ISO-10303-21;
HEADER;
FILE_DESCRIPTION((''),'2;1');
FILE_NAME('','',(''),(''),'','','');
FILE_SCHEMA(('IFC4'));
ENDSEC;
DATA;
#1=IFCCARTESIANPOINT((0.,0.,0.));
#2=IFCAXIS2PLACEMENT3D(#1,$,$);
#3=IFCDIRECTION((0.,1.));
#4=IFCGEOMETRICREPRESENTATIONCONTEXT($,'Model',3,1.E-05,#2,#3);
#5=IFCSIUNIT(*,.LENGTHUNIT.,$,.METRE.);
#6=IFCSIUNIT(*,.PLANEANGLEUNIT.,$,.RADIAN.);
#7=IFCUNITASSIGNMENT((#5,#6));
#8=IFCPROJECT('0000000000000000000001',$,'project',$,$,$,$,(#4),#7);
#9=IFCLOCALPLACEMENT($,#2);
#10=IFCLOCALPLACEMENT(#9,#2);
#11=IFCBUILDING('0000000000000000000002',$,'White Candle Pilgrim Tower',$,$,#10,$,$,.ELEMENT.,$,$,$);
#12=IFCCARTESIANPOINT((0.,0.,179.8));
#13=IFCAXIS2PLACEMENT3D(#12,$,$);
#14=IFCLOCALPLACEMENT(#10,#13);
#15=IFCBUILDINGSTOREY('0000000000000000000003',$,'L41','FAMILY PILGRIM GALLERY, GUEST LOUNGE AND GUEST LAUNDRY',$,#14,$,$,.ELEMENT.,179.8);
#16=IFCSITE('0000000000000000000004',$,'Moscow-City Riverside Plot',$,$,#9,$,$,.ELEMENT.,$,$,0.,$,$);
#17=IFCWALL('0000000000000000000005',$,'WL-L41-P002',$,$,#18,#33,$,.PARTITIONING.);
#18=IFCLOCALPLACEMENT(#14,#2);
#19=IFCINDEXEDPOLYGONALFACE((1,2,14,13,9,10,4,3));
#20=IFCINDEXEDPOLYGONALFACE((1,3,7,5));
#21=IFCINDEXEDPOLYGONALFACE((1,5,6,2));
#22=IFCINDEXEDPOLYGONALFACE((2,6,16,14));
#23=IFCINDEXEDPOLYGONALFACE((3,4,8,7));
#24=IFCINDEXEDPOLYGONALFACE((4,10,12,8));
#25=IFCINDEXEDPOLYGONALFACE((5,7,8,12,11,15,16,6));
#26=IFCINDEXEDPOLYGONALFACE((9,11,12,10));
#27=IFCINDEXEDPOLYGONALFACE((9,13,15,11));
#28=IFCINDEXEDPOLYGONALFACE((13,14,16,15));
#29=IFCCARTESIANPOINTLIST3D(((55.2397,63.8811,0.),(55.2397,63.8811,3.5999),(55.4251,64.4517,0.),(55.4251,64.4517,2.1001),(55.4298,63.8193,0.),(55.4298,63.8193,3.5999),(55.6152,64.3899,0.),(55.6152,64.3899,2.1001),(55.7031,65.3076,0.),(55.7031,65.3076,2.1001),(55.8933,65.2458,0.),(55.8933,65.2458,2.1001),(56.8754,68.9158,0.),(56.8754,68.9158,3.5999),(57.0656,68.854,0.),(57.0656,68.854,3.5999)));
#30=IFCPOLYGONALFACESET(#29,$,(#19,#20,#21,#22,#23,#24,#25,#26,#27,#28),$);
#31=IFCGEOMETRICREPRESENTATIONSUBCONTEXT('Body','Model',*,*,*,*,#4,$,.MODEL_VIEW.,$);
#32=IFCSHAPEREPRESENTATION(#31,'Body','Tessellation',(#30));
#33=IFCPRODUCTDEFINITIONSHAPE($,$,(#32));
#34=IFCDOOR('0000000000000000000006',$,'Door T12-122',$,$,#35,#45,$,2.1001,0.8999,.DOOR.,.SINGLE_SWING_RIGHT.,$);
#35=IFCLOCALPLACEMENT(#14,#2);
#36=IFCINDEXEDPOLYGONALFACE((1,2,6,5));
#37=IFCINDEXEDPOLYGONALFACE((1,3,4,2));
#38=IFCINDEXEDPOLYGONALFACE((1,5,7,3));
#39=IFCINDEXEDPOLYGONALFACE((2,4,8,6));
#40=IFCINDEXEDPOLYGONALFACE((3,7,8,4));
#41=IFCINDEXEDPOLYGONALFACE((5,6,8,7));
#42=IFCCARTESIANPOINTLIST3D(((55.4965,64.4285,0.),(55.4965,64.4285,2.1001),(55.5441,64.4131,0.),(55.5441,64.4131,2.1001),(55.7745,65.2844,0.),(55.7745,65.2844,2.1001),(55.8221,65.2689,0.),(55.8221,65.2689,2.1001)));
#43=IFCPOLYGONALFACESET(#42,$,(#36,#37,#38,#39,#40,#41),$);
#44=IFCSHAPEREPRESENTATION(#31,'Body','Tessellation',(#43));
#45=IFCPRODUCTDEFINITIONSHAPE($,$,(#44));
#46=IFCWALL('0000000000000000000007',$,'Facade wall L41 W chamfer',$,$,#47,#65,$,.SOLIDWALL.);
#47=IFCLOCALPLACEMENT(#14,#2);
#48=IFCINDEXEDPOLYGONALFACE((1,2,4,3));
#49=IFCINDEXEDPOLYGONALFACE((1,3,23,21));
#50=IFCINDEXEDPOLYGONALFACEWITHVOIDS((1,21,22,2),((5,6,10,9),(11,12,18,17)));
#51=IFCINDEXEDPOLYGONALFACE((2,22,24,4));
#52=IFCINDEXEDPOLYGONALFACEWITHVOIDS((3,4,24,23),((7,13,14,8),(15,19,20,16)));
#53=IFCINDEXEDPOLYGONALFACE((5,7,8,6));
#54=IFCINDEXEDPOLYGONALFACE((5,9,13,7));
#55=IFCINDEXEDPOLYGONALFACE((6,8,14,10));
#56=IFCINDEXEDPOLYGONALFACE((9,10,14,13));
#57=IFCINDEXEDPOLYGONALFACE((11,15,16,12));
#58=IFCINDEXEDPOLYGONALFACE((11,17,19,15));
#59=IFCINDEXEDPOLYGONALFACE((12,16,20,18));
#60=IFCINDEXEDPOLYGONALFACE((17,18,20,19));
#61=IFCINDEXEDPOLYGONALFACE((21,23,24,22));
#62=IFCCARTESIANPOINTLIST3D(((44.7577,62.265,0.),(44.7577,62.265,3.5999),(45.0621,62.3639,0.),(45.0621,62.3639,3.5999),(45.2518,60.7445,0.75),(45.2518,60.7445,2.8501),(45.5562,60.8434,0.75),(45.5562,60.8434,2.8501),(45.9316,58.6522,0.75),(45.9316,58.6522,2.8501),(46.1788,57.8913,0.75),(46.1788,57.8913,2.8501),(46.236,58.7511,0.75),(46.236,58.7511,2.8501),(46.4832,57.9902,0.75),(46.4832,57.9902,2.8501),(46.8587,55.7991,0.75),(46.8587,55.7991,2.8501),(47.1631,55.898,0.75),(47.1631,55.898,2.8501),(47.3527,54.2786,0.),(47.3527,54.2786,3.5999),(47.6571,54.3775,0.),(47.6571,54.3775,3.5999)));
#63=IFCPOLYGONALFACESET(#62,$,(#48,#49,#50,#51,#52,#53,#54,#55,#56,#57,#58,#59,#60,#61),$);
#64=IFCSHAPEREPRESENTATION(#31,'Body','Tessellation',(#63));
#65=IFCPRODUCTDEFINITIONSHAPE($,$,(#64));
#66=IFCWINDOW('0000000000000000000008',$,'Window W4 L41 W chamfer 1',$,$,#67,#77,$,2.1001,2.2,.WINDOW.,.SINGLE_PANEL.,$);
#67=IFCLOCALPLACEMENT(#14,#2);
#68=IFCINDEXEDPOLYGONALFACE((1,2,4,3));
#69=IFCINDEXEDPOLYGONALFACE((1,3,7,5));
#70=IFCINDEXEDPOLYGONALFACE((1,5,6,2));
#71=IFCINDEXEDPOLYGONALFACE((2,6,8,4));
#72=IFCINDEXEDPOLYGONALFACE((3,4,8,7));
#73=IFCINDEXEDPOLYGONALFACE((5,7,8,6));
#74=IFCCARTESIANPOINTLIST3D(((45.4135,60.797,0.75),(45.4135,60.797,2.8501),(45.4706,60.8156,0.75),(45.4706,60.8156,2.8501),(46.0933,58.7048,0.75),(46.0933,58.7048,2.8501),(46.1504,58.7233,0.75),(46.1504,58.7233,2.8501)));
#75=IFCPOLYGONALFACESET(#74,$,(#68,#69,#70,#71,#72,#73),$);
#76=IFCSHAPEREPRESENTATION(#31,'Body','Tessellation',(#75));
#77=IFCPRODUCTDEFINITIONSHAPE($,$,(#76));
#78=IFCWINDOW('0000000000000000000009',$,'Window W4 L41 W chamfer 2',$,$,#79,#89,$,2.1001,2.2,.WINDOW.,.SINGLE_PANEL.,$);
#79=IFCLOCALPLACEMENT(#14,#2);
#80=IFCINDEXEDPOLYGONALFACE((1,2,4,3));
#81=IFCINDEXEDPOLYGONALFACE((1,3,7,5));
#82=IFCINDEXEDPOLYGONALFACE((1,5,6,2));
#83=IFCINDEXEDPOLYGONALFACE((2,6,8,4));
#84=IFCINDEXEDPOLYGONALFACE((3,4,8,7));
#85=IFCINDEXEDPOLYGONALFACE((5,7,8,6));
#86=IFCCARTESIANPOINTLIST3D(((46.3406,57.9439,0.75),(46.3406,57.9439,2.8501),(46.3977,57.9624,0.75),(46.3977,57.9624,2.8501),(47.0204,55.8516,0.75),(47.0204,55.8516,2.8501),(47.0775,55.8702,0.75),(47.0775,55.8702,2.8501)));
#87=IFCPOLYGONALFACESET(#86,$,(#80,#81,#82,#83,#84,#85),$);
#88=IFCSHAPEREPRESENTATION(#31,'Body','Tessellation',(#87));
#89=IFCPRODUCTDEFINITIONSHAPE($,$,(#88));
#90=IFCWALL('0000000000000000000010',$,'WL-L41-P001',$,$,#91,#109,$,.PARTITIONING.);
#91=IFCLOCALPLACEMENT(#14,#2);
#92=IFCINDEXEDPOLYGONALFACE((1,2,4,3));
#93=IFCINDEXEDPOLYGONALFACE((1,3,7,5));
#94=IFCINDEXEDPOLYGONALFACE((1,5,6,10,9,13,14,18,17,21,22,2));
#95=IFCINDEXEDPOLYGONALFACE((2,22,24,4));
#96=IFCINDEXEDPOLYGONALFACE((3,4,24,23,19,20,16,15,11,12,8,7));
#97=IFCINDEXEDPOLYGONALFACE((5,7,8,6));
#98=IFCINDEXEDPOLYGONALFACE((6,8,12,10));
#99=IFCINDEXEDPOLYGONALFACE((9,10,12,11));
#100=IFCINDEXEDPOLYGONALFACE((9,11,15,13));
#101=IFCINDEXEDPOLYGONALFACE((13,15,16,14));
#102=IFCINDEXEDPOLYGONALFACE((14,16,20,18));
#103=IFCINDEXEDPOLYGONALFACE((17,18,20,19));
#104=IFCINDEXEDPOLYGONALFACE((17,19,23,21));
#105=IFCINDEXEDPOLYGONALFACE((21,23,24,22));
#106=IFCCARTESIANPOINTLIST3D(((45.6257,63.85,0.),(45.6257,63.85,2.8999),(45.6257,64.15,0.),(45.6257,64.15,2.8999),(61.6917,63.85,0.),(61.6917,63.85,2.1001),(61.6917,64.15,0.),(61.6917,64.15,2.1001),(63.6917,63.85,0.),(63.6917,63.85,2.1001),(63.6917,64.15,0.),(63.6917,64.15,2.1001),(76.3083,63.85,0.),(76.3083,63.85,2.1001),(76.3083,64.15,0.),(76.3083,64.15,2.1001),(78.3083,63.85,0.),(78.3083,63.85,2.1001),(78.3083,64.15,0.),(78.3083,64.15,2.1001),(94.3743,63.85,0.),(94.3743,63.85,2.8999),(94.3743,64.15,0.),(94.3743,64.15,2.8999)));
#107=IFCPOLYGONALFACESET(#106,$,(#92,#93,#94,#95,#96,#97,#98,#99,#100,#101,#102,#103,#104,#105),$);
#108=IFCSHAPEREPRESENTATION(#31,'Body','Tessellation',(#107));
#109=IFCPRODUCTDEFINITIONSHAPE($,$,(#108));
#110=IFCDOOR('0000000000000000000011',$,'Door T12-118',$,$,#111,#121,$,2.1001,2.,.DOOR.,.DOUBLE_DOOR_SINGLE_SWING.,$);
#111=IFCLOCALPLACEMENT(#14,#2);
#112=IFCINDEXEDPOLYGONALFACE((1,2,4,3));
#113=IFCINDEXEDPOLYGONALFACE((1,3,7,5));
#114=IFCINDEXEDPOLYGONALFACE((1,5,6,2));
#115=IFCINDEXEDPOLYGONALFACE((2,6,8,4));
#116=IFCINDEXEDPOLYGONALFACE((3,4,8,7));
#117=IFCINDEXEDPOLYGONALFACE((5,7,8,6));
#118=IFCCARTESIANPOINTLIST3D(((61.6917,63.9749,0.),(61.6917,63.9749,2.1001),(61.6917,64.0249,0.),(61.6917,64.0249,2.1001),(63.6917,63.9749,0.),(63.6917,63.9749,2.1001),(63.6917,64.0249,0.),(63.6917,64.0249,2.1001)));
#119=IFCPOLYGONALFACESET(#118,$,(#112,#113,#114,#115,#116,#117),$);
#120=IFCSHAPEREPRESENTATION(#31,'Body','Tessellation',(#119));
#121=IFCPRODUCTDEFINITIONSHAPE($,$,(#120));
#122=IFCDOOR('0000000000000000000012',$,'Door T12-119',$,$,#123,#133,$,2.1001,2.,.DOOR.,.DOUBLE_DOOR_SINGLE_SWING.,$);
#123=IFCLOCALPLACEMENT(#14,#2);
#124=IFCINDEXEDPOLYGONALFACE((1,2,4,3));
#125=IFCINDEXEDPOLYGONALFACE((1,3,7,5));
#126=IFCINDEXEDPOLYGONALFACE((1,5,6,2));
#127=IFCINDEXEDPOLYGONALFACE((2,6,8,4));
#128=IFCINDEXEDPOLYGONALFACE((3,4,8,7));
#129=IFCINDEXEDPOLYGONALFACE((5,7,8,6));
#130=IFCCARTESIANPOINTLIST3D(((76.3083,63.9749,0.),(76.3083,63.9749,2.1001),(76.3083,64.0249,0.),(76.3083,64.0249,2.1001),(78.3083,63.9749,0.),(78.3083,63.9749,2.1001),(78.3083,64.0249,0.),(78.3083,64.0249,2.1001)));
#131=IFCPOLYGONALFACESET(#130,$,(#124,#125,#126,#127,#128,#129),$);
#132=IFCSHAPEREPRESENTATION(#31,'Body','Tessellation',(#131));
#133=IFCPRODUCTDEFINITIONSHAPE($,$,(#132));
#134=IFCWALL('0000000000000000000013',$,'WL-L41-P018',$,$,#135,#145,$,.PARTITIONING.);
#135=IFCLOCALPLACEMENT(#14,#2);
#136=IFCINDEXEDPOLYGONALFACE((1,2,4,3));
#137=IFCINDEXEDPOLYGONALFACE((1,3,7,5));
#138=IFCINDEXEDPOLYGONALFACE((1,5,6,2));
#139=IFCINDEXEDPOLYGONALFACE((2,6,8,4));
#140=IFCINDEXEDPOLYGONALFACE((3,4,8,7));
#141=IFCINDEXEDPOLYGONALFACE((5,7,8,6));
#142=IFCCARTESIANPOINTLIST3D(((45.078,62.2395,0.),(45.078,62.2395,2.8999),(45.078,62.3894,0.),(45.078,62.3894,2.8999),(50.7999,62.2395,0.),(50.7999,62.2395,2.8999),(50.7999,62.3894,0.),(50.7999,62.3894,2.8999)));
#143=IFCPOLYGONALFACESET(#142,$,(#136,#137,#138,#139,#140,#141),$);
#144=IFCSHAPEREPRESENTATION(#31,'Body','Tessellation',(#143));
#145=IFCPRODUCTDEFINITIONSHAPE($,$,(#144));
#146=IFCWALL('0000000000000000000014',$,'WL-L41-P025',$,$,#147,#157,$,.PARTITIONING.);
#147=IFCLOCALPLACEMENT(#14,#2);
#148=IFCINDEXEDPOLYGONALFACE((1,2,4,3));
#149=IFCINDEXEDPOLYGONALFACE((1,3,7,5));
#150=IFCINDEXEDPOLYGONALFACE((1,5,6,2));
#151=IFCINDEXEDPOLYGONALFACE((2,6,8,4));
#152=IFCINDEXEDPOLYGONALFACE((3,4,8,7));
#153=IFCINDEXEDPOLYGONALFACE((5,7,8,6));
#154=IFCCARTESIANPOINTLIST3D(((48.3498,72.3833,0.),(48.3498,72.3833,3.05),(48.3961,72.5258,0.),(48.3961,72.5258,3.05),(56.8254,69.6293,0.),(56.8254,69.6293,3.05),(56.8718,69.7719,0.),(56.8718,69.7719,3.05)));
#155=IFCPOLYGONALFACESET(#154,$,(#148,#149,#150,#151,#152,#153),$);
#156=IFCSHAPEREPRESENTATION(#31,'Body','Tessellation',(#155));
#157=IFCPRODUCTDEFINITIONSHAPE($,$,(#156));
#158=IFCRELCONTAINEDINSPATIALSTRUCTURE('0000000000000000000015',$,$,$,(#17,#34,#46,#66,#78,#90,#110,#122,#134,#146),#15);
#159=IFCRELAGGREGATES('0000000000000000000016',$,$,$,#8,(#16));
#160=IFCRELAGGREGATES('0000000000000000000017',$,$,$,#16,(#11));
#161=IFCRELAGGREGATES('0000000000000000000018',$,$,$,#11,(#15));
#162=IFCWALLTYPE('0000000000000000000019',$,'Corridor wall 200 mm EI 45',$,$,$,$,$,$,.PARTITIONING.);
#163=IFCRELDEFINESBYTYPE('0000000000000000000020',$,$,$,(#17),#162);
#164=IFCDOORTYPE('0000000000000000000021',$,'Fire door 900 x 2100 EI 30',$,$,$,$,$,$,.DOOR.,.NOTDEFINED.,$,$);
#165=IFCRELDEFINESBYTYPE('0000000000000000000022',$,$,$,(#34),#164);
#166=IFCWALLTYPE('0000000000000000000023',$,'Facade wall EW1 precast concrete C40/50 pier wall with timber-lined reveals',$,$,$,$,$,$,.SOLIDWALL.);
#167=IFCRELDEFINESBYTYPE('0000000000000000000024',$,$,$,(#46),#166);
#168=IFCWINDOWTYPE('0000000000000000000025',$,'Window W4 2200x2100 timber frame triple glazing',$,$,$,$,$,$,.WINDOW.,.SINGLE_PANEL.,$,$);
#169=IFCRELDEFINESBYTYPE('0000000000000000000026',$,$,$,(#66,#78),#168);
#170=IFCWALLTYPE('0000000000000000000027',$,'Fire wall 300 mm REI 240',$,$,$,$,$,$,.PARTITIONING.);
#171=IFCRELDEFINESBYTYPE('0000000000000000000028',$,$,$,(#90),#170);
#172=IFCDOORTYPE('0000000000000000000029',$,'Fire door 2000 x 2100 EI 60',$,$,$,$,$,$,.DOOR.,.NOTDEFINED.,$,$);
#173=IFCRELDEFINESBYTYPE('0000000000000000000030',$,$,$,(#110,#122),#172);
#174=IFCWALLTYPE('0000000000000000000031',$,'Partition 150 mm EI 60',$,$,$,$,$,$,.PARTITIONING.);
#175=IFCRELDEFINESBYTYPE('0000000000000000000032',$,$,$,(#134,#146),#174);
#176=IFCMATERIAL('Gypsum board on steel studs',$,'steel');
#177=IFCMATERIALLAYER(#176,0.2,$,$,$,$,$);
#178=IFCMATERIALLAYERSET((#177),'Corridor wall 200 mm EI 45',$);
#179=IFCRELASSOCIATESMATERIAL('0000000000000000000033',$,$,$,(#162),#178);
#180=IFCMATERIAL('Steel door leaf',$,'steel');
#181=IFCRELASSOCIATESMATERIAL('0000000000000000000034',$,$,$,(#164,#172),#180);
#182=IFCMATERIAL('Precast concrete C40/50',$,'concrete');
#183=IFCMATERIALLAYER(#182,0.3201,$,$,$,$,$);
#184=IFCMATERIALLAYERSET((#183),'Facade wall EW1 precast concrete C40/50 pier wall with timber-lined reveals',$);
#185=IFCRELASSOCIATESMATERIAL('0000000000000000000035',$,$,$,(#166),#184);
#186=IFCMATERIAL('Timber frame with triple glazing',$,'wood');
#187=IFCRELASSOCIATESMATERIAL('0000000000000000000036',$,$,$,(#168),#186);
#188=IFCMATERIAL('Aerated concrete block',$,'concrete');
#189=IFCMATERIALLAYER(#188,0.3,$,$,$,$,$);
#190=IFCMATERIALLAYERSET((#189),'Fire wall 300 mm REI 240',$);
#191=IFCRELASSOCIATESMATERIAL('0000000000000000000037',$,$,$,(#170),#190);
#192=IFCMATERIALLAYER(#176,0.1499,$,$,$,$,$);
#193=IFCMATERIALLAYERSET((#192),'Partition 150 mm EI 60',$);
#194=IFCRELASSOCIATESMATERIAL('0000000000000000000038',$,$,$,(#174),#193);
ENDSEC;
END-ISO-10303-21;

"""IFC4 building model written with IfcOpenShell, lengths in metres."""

from ifc_helpers import new_model, si_unit, direction, frame, frame_2d, origin, place, context, subcontext, project, spatial, rectangle, extrude, material, layer, layer_set, type_object, element, fill, save


model = new_model("IFC4")

# Units and contexts
model_context = context("Model", 3, precision=1e-05, world=origin(), true_north=direction((0.0, 1.0)))
body_context = subcontext(model_context, "Body", "Model", "MODEL_VIEW")
ifc_project = project(units=[si_unit("LENGTHUNIT", "METRE"), si_unit("PLANEANGLEUNIT", "RADIAN")], contexts=[model_context])

# Site, building, storey
site_placement = place(None, origin())
site = spatial("IfcSite", under=ifc_project, at=site_placement, Name="Moscow-City Riverside Plot", CompositionType="ELEMENT", RefElevation=0.0)
building_placement = place(site_placement, origin())
building = spatial("IfcBuilding", under=site, at=building_placement, Name="White Candle Pilgrim Tower", CompositionType="ELEMENT")
storey_placement = place(building_placement, frame((0.0, 0.0, 179.8)))
storey = spatial("IfcBuildingStorey", under=building, at=storey_placement, Name="L41", Description="FAMILY PILGRIM GALLERY, GUEST LOUNGE AND GUEST LAUNDRY", CompositionType="ELEMENT", Elevation=179.8)

# Wall, opening, door
ifc_material_1 = material(Name="Gypsum board on steel studs", Category="steel")
ifc_layer_1 = layer(ifc_material_1, 0.2)
ifc_layer_set_1 = layer_set([ifc_layer_1], Name="Corridor wall 200 mm EI 45")
wall_type_1 = type_object("IfcWallType", Name="Corridor wall 200 mm EI 45", PredefinedType="PARTITIONING", material=ifc_layer_set_1)
wall_1_placement = place(storey_placement, frame((55.3347, 63.8501, 0.0), z_axis=(0.0, 0.0, 1.0), x_axis=(0.308996, 0.951063, 0.0)))
wall_1 = element("IfcWall", 1, at=wall_1_placement, inside=storey, type_object=wall_type_1, Name="WL-L41-P002", PredefinedType="PARTITIONING", context=body_context, shape_type="SweptSolid", body=[
    extrude(rectangle(XDim=5.2937, YDim=0.2, at=frame_2d((2.647, 0.0))), origin(), (0.0, 0.0, 1.0), 3.5999),
])
opening_1_placement = place(wall_1_placement, frame((0.6001, 0.0, 0.0)))
opening_1 = element("IfcOpeningElement", 2, at=opening_1_placement, cuts=wall_1, PredefinedType="OPENING", context=body_context, shape_type="SweptSolid", body=[
    extrude(rectangle(XDim=0.8999, YDim=2.1001, at=frame_2d((0.45, 1.05))), frame((0.0, 0.1099, 0.0), z_axis=(0.0, -1.0, 0.0), x_axis=(1.0, 0.0, 0.0)), (0.0, 0.0, 1.0), 0.22),
])
ifc_material_2 = material(Name="Steel door leaf", Category="steel")
door_type_1 = type_object("IfcDoorType", Name="Fire door 900 x 2100 EI 30", OperationType="NOTDEFINED", PredefinedType="DOOR", material=ifc_material_2)
door_1_placement = place(opening_1_placement, origin())
door_1 = element("IfcDoor", 3, at=door_1_placement, inside=storey, type_object=door_type_1, Name="Door T12-122", OperationType="SINGLE_SWING_RIGHT", OverallHeight=2.1001, OverallWidth=0.8999, PredefinedType="DOOR", context=body_context, shape_type="SweptSolid", body=[
    extrude(rectangle(XDim=0.8999, YDim=2.1001, at=frame_2d((0.45, 1.05))), frame((0.0, 0.0249, 0.0), z_axis=(0.0, -1.0, 0.0), x_axis=(1.0, 0.0, 0.0)), (0.0, 0.0, 1.0), 0.05),
])
fill(opening_1, door_1)

# Wall, openings, windows
ifc_material_3 = material(Name="Precast concrete C40/50", Category="concrete")
ifc_layer_2 = layer(ifc_material_3, 0.3201)
ifc_layer_set_2 = layer_set([ifc_layer_2], Name="Facade wall EW1 precast concrete C40/50 pier wall with timber-lined reveals")
wall_type_2 = type_object("IfcWallType", Name="Facade wall EW1 precast concrete C40/50 pier wall with timber-lined reveals", PredefinedType="SOLIDWALL", material=ifc_layer_set_2)
wall_2_placement = place(storey_placement, frame((44.9099, 62.3145, 0.0), z_axis=(0.0, 0.0, 1.0), x_axis=(0.309023, -0.951055, 0.0)))
wall_2 = element("IfcWall", 4, at=wall_2_placement, inside=storey, type_object=wall_type_2, Name="Facade wall L41 W chamfer", PredefinedType="SOLIDWALL", context=body_context, shape_type="SweptSolid", body=[
    extrude(rectangle(XDim=8.3975, YDim=0.3201, at=frame_2d((4.1987, 0.0))), origin(), (0.0, 0.0, 1.0), 3.5999),
])
opening_2_placement = place(wall_2_placement, frame((1.5986, 0.0, 0.75)))
opening_2 = element("IfcOpeningElement", 5, at=opening_2_placement, cuts=wall_2, PredefinedType="OPENING", context=body_context, shape_type="SweptSolid", body=[
    extrude(rectangle(XDim=2.2, YDim=2.1001, at=frame_2d((1.1001, 1.05))), frame((0.0, 0.1699, 0.0), z_axis=(0.0, -1.0, 0.0), x_axis=(1.0, 0.0, 0.0)), (0.0, 0.0, 1.0), 0.3401),
])
opening_3_placement = place(wall_2_placement, frame((4.5986, 0.0, 0.75)))
opening_3 = element("IfcOpeningElement", 6, at=opening_3_placement, cuts=wall_2, PredefinedType="OPENING", context=body_context, shape_type="SweptSolid", body=[
    extrude(rectangle(XDim=2.2, YDim=2.1001, at=frame_2d((1.1001, 1.05))), frame((0.0, 0.1699, 0.0), z_axis=(0.0, -1.0, 0.0), x_axis=(1.0, 0.0, 0.0)), (0.0, 0.0, 1.0), 0.3401),
])
ifc_material_4 = material(Name="Timber frame with triple glazing", Category="wood")
window_type = type_object("IfcWindowType", Name="Window W4 2200x2100 timber frame triple glazing", PartitioningType="SINGLE_PANEL", PredefinedType="WINDOW", material=ifc_material_4)
window_1_placement = place(opening_2_placement, origin())
window_1 = element("IfcWindow", 7, at=window_1_placement, inside=storey, type_object=window_type, Name="Window W4 L41 W chamfer 1", OverallHeight=2.1001, OverallWidth=2.2, PartitioningType="SINGLE_PANEL", PredefinedType="WINDOW", context=body_context, shape_type="SweptSolid", body=[
    extrude(rectangle(XDim=2.2, YDim=2.1001, at=frame_2d((1.1001, 1.05))), frame((0.0, 0.0701, 0.0), z_axis=(0.0, -1.0, 0.0), x_axis=(1.0, 0.0, 0.0)), (0.0, 0.0, 1.0), 0.0601),
])
fill(opening_2, window_1)
window_2_placement = place(opening_3_placement, origin())
window_2 = element("IfcWindow", 8, at=window_2_placement, inside=storey, type_object=window_type, Name="Window W4 L41 W chamfer 2", OverallHeight=2.1001, OverallWidth=2.2, PartitioningType="SINGLE_PANEL", PredefinedType="WINDOW", context=body_context, shape_type="SweptSolid", body=[
    extrude(rectangle(XDim=2.2, YDim=2.1001, at=frame_2d((1.1001, 1.05))), frame((0.0, 0.0701, 0.0), z_axis=(0.0, -1.0, 0.0), x_axis=(1.0, 0.0, 0.0)), (0.0, 0.0, 1.0), 0.0601),
])
fill(opening_3, window_2)

# Wall, openings, doors
ifc_material_5 = material(Name="Aerated concrete block", Category="concrete")
ifc_layer_3 = layer(ifc_material_5, 0.3)
ifc_layer_set_3 = layer_set([ifc_layer_3], Name="Fire wall 300 mm REI 240")
wall_type_3 = type_object("IfcWallType", Name="Fire wall 300 mm REI 240", PredefinedType="PARTITIONING", material=ifc_layer_set_3)
wall_3_placement = place(storey_placement, frame((45.6257, 64.0, 0.0), z_axis=(0.0, 0.0, 1.0), x_axis=(1.0, 0.0, 0.0)))
wall_3 = element("IfcWall", 9, at=wall_3_placement, inside=storey, type_object=wall_type_3, Name="WL-L41-P001", PredefinedType="PARTITIONING", context=body_context, shape_type="SweptSolid", body=[
    extrude(rectangle(XDim=48.7485, YDim=0.3, at=frame_2d((24.3743, 0.0))), origin(), (0.0, 0.0, 1.0), 2.8999),
])
opening_4_placement = place(wall_3_placement, frame((16.0659, 0.0, 0.0)))
opening_4 = element("IfcOpeningElement", 10, at=opening_4_placement, cuts=wall_3, PredefinedType="OPENING", context=body_context, shape_type="SweptSolid", body=[
    extrude(rectangle(XDim=2.0, YDim=2.1001, at=frame_2d((1.0, 1.05))), frame((0.0, 0.1599, 0.0), z_axis=(0.0, -1.0, 0.0), x_axis=(1.0, 0.0, 0.0)), (0.0, 0.0, 1.0), 0.3201),
])
opening_5_placement = place(wall_3_placement, frame((30.6826, 0.0, 0.0)))
opening_5 = element("IfcOpeningElement", 11, at=opening_5_placement, cuts=wall_3, PredefinedType="OPENING", context=body_context, shape_type="SweptSolid", body=[
    extrude(rectangle(XDim=2.0, YDim=2.1001, at=frame_2d((1.0, 1.05))), frame((0.0, 0.1599, 0.0), z_axis=(0.0, -1.0, 0.0), x_axis=(1.0, 0.0, 0.0)), (0.0, 0.0, 1.0), 0.3201),
])
door_type_2 = type_object("IfcDoorType", Name="Fire door 2000 x 2100 EI 60", OperationType="NOTDEFINED", PredefinedType="DOOR", material=ifc_material_2)
door_2_placement = place(opening_4_placement, origin())
door_2 = element("IfcDoor", 12, at=door_2_placement, inside=storey, type_object=door_type_2, Name="Door T12-118", OperationType="DOUBLE_DOOR_SINGLE_SWING", OverallHeight=2.1001, OverallWidth=2.0, PredefinedType="DOOR", context=body_context, shape_type="SweptSolid", body=[
    extrude(rectangle(XDim=2.0, YDim=2.1001, at=frame_2d((1.0, 1.05))), frame((0.0, 0.0249, 0.0), z_axis=(0.0, -1.0, 0.0), x_axis=(1.0, 0.0, 0.0)), (0.0, 0.0, 1.0), 0.05),
])
fill(opening_4, door_2)
door_3_placement = place(opening_5_placement, origin())
door_3 = element("IfcDoor", 13, at=door_3_placement, inside=storey, type_object=door_type_2, Name="Door T12-119", OperationType="DOUBLE_DOOR_SINGLE_SWING", OverallHeight=2.1001, OverallWidth=2.0, PredefinedType="DOOR", context=body_context, shape_type="SweptSolid", body=[
    extrude(rectangle(XDim=2.0, YDim=2.1001, at=frame_2d((1.0, 1.05))), frame((0.0, 0.0249, 0.0), z_axis=(0.0, -1.0, 0.0), x_axis=(1.0, 0.0, 0.0)), (0.0, 0.0, 1.0), 0.05),
])
fill(opening_5, door_3)

# Walls
ifc_layer_4 = layer(ifc_material_1, 0.1499)
ifc_layer_set_4 = layer_set([ifc_layer_4], Name="Partition 150 mm EI 60")
wall_type_4 = type_object("IfcWallType", Name="Partition 150 mm EI 60", PredefinedType="PARTITIONING", material=ifc_layer_set_4)
wall_4_placement = place(storey_placement, frame((45.0781, 62.3145, 0.0), z_axis=(0.0, 0.0, 1.0), x_axis=(1.0, 0.0, 0.0)))
element("IfcWall", 14, at=wall_4_placement, inside=storey, type_object=wall_type_4, Name="WL-L41-P018", PredefinedType="PARTITIONING", context=body_context, shape_type="SweptSolid", body=[
    extrude(rectangle(XDim=5.7219, YDim=0.1499, at=frame_2d((2.8608, 0.0))), origin(), (0.0, 0.0, 1.0), 2.8999),
])
wall_5_placement = place(storey_placement, frame((48.3728, 72.4546, 0.0), z_axis=(0.0, 0.0, 1.0), x_axis=(0.951056, -0.309019, 0.0)))
element("IfcWall", 15, at=wall_5_placement, inside=storey, type_object=wall_type_4, Name="WL-L41-P025", PredefinedType="PARTITIONING", context=body_context, shape_type="SweptSolid", body=[
    extrude(rectangle(XDim=8.9119, YDim=0.1499, at=frame_2d((4.4561, 0.0))), origin(), (0.0, 0.0, 1.0), 3.05),
])

save(model, "model.ifc")
